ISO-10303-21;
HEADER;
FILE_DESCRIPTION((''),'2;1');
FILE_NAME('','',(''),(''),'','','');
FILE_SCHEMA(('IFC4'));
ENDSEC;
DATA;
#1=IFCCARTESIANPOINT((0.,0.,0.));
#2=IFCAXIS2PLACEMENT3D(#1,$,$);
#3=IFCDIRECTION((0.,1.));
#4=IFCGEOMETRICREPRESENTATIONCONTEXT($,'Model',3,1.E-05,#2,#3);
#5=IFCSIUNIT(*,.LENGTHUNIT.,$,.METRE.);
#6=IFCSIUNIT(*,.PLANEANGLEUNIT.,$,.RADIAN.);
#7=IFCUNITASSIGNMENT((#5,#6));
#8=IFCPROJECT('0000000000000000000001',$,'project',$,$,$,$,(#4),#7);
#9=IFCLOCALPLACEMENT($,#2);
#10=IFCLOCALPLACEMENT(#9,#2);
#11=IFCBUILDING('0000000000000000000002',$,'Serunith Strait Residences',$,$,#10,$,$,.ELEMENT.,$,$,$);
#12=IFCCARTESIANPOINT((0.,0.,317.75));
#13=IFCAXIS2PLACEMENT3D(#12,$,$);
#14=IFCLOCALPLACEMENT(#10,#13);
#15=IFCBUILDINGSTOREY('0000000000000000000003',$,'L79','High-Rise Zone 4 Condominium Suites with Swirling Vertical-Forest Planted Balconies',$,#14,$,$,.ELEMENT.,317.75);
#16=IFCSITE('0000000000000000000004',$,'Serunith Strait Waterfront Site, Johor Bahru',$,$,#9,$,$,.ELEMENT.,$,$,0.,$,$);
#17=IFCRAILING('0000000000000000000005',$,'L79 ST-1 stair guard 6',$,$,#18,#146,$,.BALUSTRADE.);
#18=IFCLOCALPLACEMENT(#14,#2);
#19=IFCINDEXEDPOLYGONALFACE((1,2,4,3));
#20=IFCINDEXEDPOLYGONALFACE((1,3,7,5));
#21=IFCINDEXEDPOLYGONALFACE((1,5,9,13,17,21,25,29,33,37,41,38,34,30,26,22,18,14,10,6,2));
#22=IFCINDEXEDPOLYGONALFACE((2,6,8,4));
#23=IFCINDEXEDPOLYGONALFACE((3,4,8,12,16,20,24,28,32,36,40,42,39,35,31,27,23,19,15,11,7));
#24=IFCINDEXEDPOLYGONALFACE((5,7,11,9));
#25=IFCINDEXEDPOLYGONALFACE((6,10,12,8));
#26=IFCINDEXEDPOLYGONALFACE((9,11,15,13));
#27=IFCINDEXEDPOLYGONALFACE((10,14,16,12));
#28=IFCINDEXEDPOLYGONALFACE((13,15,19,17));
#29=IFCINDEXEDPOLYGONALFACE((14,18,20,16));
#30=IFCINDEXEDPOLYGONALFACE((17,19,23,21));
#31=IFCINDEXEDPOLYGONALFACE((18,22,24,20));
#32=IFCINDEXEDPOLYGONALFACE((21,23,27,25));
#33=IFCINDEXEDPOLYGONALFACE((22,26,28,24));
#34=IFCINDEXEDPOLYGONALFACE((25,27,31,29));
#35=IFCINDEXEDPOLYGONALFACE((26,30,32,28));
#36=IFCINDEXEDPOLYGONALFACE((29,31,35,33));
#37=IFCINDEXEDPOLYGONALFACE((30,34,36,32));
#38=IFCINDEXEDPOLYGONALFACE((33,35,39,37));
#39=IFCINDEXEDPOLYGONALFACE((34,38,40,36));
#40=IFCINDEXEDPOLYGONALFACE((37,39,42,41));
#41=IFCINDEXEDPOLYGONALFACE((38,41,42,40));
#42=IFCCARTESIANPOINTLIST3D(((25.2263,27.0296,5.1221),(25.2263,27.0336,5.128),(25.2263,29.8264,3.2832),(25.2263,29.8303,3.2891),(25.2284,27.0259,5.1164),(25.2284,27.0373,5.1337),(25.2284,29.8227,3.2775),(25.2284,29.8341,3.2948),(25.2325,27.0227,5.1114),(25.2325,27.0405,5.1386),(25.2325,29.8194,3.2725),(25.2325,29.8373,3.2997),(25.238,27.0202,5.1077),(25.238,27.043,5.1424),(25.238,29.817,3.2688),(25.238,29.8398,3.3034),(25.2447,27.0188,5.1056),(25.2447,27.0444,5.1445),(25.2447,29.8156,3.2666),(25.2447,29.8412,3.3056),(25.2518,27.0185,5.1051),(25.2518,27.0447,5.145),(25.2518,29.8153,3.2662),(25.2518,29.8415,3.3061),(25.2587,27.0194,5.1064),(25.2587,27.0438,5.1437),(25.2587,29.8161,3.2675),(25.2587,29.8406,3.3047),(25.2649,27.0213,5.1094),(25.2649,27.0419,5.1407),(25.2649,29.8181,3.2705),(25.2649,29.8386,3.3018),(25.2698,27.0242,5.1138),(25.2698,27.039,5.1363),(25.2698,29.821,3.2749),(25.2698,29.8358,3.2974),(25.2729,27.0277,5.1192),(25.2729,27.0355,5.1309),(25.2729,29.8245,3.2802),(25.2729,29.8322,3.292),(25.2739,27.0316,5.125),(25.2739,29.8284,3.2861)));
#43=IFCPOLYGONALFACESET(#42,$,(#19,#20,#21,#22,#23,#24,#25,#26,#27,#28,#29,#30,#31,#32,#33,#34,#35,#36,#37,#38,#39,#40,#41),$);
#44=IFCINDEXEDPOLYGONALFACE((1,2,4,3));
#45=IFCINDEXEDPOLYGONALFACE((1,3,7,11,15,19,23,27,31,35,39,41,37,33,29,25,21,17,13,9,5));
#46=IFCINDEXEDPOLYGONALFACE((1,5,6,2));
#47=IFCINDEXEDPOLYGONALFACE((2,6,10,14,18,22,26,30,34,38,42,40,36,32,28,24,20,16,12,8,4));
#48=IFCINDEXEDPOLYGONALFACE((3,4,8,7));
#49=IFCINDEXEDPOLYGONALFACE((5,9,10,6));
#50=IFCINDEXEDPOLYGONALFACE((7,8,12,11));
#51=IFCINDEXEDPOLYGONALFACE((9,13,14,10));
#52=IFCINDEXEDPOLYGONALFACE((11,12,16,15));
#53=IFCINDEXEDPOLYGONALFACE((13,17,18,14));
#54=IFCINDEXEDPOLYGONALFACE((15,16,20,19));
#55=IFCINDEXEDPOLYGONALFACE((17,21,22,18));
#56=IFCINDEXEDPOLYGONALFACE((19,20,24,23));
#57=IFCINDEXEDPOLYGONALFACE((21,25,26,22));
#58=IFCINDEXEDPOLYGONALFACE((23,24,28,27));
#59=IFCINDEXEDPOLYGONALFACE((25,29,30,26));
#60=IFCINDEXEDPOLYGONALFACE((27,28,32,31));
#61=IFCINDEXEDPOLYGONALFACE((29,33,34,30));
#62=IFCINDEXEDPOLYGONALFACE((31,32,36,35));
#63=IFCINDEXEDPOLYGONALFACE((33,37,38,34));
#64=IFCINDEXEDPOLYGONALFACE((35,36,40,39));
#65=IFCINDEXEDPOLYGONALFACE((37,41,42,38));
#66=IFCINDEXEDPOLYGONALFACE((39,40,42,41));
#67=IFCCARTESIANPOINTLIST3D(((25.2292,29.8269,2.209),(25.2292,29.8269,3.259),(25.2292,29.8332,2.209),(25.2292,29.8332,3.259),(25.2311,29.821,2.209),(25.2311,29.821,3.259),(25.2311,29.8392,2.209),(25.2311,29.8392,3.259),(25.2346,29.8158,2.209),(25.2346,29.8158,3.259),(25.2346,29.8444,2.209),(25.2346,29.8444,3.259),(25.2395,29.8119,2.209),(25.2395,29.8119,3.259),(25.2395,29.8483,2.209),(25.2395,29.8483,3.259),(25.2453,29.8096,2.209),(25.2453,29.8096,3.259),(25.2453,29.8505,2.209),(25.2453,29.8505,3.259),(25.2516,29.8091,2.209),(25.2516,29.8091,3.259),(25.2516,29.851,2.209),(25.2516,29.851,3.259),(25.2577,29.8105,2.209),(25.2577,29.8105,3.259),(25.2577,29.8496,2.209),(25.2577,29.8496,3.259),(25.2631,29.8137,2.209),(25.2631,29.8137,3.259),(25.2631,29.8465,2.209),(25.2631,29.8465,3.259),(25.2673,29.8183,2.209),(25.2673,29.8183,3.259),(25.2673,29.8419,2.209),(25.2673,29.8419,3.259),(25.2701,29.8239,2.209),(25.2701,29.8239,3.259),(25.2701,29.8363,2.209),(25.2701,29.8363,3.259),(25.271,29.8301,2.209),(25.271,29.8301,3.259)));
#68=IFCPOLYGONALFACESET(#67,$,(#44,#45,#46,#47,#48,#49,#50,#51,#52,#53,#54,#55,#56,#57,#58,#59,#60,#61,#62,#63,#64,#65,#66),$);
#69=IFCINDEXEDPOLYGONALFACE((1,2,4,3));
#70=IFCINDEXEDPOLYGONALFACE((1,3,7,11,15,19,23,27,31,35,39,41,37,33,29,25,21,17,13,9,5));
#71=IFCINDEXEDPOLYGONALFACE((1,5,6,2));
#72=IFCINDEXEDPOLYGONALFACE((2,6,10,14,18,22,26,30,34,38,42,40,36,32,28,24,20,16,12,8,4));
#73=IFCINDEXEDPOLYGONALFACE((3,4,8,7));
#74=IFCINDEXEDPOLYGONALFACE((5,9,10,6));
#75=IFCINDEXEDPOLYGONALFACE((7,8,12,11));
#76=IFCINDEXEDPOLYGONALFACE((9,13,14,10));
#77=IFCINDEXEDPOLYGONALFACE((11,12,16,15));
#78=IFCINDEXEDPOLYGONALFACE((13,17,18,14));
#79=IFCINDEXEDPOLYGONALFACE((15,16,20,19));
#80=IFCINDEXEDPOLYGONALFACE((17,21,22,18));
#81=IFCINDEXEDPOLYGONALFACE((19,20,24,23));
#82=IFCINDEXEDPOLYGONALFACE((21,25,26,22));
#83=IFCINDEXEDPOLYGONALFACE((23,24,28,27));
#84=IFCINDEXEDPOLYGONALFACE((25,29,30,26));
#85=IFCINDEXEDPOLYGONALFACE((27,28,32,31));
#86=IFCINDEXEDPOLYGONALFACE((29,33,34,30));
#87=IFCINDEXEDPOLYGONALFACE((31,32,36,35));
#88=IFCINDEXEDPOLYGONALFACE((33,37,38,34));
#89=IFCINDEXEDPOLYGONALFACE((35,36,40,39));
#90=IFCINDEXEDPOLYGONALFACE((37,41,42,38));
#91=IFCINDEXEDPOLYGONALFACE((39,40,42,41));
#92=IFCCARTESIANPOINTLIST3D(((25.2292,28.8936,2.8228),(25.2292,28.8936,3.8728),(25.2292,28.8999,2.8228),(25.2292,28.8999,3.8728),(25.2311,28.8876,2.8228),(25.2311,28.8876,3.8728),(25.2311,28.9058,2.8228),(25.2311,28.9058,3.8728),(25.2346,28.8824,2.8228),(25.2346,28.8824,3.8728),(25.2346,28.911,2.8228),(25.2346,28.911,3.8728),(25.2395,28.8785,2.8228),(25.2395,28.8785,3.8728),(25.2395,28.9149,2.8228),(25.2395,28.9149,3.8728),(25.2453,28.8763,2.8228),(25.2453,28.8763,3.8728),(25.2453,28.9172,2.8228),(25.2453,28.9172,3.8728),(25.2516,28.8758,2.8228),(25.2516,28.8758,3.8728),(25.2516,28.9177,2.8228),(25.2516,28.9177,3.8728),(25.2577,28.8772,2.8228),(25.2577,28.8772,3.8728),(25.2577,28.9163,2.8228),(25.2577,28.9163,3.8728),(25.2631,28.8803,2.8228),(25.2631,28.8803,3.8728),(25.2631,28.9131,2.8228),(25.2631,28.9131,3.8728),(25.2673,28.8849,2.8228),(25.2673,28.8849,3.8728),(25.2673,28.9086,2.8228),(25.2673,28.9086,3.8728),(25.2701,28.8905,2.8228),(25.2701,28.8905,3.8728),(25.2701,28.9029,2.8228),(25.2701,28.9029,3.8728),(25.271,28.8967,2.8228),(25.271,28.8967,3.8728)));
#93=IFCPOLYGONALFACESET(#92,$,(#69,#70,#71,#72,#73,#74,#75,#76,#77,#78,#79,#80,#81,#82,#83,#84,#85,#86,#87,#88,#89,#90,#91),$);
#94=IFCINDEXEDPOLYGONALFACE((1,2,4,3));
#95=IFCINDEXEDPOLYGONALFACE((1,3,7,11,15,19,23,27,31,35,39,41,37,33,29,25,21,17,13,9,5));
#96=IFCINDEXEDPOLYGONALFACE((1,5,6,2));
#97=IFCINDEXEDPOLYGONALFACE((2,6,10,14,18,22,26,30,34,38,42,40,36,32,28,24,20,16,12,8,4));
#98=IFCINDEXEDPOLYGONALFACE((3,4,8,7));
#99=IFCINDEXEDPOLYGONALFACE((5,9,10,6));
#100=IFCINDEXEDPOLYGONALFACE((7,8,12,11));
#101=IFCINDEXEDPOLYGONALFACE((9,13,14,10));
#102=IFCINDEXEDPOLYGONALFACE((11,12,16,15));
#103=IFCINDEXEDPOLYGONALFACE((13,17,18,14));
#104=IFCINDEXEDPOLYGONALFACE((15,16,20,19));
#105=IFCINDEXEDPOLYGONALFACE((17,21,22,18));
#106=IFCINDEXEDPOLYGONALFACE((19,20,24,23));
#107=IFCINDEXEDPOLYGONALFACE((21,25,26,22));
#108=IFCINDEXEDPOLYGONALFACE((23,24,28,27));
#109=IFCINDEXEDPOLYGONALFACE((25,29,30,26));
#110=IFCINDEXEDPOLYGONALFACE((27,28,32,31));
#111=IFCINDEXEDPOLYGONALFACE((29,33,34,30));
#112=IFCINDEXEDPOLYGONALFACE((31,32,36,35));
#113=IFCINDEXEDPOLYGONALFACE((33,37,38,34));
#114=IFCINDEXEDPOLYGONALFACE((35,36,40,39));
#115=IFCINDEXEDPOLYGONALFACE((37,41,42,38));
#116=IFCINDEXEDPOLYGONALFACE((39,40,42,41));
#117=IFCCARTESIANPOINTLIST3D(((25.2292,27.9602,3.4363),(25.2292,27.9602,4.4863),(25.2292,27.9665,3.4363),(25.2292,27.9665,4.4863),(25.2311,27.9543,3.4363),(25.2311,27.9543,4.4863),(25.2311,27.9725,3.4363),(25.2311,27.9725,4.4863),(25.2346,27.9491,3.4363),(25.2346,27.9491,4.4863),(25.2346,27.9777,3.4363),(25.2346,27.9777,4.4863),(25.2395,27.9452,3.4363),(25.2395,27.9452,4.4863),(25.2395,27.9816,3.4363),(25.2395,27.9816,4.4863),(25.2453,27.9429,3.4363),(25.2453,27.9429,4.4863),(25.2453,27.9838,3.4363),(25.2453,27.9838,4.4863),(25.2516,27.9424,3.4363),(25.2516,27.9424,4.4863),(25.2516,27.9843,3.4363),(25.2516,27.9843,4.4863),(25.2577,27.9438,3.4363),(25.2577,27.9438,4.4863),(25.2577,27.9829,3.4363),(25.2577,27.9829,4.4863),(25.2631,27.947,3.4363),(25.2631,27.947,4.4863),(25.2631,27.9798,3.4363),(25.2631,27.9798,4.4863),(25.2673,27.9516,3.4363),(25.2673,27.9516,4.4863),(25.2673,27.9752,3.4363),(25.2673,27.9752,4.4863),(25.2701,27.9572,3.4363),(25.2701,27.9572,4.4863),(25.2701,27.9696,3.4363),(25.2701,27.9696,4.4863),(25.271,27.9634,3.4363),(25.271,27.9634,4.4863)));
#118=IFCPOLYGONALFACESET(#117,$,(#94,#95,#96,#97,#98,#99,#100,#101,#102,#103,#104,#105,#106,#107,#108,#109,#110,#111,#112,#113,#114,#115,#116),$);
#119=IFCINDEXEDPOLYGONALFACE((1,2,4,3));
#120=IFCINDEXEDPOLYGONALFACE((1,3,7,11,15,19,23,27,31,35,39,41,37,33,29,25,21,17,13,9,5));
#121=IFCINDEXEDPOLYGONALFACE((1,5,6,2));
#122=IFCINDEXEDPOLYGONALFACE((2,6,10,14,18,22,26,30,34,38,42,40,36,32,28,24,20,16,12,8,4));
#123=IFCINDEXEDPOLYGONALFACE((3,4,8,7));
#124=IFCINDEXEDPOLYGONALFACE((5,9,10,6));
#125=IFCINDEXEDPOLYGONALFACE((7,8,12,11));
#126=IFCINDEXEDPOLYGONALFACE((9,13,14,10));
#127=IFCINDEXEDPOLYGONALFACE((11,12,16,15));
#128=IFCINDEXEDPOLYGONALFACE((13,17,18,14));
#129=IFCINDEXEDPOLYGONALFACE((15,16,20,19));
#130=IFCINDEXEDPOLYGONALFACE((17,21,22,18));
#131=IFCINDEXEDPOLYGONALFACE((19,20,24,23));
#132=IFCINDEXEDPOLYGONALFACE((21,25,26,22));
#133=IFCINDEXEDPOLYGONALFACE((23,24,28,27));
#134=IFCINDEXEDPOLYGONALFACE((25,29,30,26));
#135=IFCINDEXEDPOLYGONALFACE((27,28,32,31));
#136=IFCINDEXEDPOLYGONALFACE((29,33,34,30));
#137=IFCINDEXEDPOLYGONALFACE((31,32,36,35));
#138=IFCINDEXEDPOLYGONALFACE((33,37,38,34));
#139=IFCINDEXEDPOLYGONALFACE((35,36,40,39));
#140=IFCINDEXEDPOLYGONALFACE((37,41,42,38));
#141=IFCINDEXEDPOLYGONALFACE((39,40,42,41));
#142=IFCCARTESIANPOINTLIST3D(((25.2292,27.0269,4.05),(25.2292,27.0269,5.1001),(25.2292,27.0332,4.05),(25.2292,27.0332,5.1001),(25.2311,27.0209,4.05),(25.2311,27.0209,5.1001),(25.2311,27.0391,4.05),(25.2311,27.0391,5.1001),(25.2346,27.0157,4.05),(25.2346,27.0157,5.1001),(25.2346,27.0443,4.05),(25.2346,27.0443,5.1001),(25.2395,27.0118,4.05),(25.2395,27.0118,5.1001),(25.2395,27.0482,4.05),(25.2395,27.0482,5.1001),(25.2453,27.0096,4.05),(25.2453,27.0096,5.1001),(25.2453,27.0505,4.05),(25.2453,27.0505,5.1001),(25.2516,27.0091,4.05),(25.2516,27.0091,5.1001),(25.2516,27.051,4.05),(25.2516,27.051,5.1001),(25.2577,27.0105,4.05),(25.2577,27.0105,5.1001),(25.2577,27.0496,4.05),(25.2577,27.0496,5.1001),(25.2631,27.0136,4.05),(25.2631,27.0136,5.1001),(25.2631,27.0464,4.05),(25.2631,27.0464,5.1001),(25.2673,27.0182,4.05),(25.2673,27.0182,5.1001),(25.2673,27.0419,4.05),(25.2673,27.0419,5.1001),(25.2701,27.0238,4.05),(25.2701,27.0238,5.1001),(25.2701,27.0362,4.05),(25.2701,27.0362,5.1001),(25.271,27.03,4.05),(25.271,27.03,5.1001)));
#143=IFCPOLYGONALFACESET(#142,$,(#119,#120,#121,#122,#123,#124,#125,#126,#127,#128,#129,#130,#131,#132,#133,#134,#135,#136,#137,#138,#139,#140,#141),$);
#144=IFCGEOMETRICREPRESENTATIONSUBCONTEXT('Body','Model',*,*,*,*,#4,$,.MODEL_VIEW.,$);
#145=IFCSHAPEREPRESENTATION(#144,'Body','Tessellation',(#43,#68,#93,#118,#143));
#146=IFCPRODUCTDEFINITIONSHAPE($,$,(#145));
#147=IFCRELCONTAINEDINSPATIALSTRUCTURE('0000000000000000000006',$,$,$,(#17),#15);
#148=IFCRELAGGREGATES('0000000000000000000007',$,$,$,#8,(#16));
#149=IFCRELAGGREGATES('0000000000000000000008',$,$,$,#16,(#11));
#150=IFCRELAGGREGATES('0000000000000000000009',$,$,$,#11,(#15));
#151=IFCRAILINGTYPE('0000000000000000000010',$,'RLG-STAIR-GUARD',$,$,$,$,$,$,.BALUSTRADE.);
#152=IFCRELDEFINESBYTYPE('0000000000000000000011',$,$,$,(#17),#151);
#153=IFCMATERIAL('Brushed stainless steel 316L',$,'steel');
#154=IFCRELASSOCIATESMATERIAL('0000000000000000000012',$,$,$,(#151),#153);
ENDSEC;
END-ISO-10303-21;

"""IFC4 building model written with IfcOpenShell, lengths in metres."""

from ifc_helpers import new_model, si_unit, direction, frame, origin, origin_2d, place, context, subcontext, project, spatial, circle, extrude, material, type_object, element, save


model = new_model("IFC4")

# Units and contexts
model_context = context("Model", 3, precision=1e-05, world=origin(), true_north=direction((0.0, 1.0)))
body_context = subcontext(model_context, "Body", "Model", "MODEL_VIEW")
ifc_project = project(units=[si_unit("LENGTHUNIT", "METRE"), si_unit("PLANEANGLEUNIT", "RADIAN")], contexts=[model_context])

# Site, building, storey
site_placement = place(None, origin())
site = spatial("IfcSite", under=ifc_project, at=site_placement, Name="Serunith Strait Waterfront Site, Johor Bahru", CompositionType="ELEMENT", RefElevation=0.0)
building_placement = place(site_placement, origin())
building = spatial("IfcBuilding", under=site, at=building_placement, Name="Serunith Strait Residences", CompositionType="ELEMENT")
storey_placement = place(building_placement, frame((0.0, 0.0, 317.75)))
storey = spatial("IfcBuildingStorey", under=building, at=storey_placement, Name="L79", Description="High-Rise Zone 4 Condominium Suites with Swirling Vertical-Forest Planted Balconies", CompositionType="ELEMENT", Elevation=317.75)

# Railing
ifc_material_1 = material(Name="Brushed stainless steel 316L", Category="steel")
railing_type_1 = type_object("IfcRailingType", Name="RLG-STAIR-GUARD", PredefinedType="BALUSTRADE", material=ifc_material_1)
railing_1_placement = place(storey_placement, frame((25.25, 29.8301, 2.209)))
element("IfcRailing", 1, at=railing_1_placement, inside=storey, type_object=railing_type_1, Name="L79 ST-1 stair guard 6", PredefinedType="BALUSTRADE", context=body_context, shape_type="SweptSolid", body=[
    extrude(circle(Radius=0.0239, at=origin_2d()), frame((0.0, -0.0017, 1.0771), z_axis=(0.0, -0.835564, 0.549393), x_axis=(1.0, 0.0, 0.0)), (0.0, 0.0, 1.0), 3.3472),
    extrude(circle(Radius=0.021, at=origin_2d()), origin(), (0.0, 0.0, 1.0), 1.05),
    extrude(circle(Radius=0.021, at=origin_2d()), frame((0.0, -0.9333, 0.6138)), (0.0, 0.0, 1.0), 1.05),
    extrude(circle(Radius=0.021, at=origin_2d()), frame((0.0, -1.8667, 1.2273)), (0.0, 0.0, 1.0), 1.05),
    extrude(circle(Radius=0.021, at=origin_2d()), frame((0.0, -2.8, 1.8411)), (0.0, 0.0, 1.0), 1.05),
])

save(model, "model.ifc")
